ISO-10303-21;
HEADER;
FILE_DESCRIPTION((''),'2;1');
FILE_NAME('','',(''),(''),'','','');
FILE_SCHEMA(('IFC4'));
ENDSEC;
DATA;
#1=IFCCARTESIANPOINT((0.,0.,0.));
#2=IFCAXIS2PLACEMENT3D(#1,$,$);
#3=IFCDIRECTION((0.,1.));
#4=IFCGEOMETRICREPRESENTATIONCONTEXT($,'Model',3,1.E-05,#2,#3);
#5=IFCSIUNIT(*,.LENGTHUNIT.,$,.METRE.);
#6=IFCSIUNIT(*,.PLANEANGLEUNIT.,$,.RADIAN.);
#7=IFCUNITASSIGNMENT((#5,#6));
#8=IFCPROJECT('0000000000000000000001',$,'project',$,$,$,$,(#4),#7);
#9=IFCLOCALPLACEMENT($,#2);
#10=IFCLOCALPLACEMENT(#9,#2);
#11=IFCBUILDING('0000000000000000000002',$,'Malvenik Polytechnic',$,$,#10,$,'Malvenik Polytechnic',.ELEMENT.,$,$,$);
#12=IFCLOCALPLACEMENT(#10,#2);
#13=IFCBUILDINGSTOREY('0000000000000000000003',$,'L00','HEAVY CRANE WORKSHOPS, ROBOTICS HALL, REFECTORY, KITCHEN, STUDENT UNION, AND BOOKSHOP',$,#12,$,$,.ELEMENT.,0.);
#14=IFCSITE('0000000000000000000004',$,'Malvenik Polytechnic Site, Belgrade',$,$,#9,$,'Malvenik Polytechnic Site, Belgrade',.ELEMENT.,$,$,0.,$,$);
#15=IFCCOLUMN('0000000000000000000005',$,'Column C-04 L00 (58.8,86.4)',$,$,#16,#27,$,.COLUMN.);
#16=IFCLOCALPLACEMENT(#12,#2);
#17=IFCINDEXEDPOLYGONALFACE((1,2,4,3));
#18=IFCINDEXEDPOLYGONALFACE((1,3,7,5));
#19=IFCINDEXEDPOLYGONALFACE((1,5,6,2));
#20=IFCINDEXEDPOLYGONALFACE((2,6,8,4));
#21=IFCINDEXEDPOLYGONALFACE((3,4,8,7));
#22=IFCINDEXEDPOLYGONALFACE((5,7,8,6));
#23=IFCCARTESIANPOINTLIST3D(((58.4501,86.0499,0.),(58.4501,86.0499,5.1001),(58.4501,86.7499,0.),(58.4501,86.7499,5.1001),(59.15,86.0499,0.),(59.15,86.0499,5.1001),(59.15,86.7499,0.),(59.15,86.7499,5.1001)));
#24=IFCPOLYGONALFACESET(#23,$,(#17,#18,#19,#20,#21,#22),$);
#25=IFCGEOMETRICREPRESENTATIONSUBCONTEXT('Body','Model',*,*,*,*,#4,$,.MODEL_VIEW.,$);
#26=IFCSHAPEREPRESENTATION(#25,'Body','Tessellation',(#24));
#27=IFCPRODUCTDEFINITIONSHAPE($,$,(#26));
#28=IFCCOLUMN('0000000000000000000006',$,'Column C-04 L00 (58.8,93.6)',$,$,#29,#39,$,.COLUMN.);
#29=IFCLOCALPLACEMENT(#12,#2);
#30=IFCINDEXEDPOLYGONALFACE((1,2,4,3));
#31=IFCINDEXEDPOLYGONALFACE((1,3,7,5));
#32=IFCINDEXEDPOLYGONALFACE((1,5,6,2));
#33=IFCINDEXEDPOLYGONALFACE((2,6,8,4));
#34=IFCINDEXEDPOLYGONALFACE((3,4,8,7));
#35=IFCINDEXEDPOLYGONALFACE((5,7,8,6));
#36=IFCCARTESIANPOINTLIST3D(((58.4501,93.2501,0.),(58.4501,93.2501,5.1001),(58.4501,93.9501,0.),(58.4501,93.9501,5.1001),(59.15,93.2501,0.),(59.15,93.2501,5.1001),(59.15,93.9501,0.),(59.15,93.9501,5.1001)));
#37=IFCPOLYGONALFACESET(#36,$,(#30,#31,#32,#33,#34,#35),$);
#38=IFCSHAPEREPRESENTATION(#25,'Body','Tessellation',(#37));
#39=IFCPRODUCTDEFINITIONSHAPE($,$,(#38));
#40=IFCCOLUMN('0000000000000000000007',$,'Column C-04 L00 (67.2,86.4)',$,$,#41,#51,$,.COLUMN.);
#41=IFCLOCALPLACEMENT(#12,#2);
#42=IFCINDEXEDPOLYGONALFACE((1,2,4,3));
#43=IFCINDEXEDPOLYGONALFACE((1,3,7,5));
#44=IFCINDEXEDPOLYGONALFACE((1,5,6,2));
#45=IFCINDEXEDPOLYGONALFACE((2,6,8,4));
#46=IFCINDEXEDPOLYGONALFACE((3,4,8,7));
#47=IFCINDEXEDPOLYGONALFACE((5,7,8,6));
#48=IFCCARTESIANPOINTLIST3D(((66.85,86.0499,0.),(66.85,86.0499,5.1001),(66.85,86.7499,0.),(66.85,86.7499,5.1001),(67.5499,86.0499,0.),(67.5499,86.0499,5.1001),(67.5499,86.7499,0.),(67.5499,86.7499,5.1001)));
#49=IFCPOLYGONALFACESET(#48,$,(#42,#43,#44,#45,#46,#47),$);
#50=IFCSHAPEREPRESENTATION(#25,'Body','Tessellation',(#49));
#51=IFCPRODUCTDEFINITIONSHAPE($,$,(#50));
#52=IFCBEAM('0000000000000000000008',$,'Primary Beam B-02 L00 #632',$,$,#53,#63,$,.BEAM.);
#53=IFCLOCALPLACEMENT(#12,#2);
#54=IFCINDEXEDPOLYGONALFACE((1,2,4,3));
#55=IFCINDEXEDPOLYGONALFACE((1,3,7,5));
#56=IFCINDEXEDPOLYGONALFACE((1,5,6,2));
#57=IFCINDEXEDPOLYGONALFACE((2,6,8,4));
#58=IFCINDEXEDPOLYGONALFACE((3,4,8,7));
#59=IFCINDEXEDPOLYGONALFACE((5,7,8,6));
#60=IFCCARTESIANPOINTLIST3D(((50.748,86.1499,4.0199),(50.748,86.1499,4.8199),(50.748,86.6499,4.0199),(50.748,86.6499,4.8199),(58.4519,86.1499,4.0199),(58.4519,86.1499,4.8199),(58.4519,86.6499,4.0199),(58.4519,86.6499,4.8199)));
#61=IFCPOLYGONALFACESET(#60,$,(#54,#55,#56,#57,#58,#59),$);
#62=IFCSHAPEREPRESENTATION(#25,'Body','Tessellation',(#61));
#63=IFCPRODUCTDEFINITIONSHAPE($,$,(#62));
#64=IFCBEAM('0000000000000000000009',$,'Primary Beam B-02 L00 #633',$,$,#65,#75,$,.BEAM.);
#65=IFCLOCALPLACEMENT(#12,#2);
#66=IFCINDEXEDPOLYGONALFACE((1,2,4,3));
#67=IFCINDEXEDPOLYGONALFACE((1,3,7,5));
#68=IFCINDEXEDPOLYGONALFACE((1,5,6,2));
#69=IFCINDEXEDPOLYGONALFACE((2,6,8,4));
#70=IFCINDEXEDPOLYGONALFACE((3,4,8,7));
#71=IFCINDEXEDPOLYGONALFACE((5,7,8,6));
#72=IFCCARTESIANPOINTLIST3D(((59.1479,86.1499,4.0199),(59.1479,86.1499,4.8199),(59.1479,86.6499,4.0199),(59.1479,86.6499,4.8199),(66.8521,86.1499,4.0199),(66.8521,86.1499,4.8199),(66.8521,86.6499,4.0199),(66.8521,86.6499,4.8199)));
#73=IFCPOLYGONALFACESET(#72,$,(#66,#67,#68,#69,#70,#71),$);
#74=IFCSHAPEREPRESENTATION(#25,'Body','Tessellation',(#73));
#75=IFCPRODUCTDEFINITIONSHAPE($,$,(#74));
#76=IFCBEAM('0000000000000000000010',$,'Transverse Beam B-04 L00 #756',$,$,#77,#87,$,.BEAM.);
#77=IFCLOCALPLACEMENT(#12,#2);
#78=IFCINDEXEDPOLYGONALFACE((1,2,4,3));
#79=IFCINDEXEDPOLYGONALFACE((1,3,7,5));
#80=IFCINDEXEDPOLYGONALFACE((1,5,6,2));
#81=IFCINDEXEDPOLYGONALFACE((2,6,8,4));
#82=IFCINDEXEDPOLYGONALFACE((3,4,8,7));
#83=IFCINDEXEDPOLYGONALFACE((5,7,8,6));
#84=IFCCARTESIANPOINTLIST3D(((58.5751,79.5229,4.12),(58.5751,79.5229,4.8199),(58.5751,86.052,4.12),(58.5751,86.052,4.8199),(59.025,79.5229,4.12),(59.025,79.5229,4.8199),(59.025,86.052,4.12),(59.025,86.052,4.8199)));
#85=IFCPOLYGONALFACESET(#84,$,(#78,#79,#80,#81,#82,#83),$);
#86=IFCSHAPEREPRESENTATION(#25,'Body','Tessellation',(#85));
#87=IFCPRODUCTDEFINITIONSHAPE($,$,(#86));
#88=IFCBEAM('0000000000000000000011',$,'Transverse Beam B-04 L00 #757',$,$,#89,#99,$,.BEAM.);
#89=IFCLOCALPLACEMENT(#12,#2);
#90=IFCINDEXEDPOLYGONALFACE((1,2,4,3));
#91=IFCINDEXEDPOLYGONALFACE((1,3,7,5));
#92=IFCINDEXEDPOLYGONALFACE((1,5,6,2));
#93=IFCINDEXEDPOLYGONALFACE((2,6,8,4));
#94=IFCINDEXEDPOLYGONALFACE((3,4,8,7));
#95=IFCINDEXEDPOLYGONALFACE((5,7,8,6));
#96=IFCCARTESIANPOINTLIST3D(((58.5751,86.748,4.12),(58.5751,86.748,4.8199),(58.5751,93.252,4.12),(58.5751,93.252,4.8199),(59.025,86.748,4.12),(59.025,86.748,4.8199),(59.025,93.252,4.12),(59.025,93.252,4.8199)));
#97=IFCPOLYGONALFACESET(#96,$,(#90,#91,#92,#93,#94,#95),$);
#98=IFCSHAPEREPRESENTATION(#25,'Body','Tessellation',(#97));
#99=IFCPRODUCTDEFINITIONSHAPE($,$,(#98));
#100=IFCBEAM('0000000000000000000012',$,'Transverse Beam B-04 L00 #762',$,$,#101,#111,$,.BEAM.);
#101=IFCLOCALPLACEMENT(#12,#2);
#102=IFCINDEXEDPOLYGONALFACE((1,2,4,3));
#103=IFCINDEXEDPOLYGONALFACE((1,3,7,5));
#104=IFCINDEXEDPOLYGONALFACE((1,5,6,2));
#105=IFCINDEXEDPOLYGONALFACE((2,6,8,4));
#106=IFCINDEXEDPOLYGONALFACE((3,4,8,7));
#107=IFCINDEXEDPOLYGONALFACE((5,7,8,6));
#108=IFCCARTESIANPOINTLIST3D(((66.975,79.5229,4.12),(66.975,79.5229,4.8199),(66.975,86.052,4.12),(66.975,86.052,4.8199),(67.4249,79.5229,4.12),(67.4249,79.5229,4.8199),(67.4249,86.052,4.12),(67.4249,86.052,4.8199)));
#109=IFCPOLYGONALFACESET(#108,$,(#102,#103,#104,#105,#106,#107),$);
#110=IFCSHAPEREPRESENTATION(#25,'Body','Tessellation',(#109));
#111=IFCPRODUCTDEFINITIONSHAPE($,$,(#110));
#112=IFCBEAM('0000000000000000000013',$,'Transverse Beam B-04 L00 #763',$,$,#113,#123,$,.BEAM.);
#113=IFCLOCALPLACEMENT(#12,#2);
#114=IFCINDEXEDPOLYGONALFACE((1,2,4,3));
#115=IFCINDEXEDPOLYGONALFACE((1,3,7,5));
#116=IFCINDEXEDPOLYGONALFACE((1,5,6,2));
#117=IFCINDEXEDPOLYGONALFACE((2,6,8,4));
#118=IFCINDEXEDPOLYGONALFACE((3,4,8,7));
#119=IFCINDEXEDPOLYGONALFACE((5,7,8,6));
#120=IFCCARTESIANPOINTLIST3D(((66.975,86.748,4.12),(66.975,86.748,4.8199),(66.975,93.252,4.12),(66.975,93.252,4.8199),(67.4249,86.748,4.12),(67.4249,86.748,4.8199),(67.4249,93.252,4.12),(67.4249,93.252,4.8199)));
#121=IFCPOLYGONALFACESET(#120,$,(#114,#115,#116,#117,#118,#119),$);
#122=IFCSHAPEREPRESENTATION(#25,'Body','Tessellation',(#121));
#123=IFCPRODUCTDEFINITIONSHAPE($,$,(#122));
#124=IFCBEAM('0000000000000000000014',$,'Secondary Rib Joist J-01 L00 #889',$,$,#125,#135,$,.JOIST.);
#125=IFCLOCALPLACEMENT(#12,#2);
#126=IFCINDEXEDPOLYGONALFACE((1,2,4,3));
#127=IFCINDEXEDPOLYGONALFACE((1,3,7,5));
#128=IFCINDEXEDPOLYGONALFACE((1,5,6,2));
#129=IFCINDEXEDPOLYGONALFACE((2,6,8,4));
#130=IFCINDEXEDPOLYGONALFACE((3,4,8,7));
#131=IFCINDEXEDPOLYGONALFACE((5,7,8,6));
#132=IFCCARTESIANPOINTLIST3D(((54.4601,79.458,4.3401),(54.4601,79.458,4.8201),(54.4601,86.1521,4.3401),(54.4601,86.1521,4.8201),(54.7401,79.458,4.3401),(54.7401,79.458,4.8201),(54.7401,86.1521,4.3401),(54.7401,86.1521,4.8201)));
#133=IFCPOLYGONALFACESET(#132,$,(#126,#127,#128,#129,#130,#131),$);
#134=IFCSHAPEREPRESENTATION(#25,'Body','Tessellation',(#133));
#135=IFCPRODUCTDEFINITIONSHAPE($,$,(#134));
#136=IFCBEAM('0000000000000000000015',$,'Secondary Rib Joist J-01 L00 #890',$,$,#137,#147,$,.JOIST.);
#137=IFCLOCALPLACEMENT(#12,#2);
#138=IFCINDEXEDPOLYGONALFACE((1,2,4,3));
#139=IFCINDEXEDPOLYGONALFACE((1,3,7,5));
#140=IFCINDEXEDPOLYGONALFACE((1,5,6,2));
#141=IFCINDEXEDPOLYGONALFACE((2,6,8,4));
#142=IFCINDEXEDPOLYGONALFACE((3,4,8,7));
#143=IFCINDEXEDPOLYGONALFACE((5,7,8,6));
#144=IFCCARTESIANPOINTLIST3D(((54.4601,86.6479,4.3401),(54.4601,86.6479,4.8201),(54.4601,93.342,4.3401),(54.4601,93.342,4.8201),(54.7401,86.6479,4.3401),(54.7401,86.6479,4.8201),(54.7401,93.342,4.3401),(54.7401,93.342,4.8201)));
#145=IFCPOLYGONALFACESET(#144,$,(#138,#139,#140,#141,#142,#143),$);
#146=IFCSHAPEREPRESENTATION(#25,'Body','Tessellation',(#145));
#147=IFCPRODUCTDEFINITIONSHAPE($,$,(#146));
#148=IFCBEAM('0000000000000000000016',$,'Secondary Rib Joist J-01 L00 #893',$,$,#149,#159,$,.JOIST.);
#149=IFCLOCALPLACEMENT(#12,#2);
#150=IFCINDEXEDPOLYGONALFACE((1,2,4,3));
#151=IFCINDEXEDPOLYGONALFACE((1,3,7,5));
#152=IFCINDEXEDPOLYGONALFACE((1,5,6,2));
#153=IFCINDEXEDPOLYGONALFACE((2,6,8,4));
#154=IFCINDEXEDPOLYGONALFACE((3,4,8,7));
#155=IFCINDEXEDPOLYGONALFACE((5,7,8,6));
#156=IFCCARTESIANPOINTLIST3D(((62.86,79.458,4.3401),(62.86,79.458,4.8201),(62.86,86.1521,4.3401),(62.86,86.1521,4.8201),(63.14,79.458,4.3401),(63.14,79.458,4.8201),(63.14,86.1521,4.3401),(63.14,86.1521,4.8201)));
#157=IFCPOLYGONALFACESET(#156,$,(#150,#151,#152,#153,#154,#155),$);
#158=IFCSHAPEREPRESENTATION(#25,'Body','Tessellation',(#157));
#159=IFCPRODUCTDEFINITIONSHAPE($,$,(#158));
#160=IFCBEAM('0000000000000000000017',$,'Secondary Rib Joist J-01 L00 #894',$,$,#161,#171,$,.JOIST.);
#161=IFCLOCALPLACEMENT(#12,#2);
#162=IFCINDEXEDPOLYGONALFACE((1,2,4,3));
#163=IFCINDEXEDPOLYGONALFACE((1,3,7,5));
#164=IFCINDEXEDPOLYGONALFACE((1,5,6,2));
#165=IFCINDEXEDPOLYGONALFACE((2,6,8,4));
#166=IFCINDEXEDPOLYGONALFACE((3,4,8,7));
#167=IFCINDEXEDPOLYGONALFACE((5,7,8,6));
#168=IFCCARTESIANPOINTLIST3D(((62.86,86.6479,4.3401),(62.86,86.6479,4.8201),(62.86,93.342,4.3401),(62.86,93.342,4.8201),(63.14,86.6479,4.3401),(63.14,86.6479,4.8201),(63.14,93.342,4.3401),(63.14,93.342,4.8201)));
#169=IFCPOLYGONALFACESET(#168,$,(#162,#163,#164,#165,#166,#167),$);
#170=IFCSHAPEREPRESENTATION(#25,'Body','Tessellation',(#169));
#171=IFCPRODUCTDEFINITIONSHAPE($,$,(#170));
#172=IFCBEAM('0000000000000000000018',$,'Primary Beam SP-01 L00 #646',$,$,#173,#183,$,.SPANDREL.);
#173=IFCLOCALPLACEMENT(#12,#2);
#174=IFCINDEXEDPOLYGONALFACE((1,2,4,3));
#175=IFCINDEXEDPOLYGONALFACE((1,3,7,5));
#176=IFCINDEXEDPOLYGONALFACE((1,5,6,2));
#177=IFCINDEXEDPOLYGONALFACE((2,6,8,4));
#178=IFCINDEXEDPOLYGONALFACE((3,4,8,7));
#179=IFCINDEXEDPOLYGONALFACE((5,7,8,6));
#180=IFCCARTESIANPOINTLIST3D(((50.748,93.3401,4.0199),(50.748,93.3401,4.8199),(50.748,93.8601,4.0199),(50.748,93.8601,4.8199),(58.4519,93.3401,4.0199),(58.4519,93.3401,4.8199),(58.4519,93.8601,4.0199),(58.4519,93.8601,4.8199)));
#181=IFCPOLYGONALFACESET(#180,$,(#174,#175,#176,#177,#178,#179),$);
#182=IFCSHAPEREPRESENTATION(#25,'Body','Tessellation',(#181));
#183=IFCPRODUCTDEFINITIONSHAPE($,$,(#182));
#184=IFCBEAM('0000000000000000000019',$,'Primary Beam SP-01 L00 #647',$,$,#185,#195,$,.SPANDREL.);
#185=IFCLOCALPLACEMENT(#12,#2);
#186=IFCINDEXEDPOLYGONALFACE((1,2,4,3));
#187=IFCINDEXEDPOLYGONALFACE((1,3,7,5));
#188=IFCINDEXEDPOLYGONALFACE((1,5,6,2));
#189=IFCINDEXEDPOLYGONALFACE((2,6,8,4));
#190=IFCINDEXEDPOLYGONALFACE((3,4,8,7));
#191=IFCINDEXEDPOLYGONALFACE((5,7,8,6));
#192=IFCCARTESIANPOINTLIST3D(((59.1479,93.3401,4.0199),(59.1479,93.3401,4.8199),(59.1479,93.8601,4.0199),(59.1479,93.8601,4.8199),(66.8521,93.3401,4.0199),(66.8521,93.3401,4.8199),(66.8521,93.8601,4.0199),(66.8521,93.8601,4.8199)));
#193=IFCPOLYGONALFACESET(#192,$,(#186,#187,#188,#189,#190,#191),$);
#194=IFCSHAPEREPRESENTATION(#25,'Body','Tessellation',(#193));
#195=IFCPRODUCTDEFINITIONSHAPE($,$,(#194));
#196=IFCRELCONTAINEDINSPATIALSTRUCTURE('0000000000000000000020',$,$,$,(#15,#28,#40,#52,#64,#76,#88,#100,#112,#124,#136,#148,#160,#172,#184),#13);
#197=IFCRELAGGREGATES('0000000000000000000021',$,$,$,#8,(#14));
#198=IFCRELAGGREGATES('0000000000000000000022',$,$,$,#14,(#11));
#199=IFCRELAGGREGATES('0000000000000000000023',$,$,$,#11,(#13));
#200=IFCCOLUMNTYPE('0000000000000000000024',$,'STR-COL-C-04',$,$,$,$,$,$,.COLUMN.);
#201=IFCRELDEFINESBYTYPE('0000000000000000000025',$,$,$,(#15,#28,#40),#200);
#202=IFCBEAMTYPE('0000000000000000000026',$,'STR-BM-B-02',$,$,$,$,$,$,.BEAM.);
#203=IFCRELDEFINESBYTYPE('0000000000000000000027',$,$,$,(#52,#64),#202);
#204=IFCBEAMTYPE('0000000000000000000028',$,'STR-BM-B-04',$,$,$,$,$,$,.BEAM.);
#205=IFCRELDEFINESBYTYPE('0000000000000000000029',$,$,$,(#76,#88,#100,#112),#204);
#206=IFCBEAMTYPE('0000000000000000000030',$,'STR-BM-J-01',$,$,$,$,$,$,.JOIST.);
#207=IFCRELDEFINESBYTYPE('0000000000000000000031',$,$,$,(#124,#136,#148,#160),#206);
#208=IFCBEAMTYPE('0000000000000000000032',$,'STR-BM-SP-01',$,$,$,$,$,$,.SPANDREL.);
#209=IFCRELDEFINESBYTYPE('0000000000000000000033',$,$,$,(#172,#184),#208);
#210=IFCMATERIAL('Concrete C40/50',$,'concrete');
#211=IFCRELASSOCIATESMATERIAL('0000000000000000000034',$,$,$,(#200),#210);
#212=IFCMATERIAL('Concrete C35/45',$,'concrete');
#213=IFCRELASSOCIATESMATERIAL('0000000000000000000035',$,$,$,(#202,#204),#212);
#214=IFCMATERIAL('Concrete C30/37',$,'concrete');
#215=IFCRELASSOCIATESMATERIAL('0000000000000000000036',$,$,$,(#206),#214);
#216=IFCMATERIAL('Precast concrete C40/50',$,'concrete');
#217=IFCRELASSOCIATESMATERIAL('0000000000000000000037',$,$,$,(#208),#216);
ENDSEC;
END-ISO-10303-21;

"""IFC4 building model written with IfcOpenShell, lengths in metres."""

from ifc_helpers import new_model, si_unit, direction, frame, origin, origin_2d, place, context, subcontext, project, spatial, rectangle, extrude, material, material_profile, profile_set, type_object, element, save


model = new_model("IFC4")

# Units and contexts
model_context = context("Model", 3, precision=1e-05, world=origin(), true_north=direction((0.0, 1.0)))
body_context = subcontext(model_context, "Body", "Model", "MODEL_VIEW")
ifc_project = project(units=[si_unit("LENGTHUNIT", "METRE"), si_unit("PLANEANGLEUNIT", "RADIAN")], contexts=[model_context])

# Site, building, storey
site_placement = place(None, origin())
site = spatial("IfcSite", under=ifc_project, at=site_placement, Name="Malvenik Polytechnic Site, Belgrade", LongName="Malvenik Polytechnic Site, Belgrade", CompositionType="ELEMENT", RefElevation=0.0)
building_placement = place(site_placement, origin())
building = spatial("IfcBuilding", under=site, at=building_placement, Name="Malvenik Polytechnic", LongName="Malvenik Polytechnic", CompositionType="ELEMENT")
storey_placement = place(building_placement, origin())
storey = spatial("IfcBuildingStorey", under=building, at=storey_placement, Name="L00", Description="HEAVY CRANE WORKSHOPS, ROBOTICS HALL, REFECTORY, KITCHEN, STUDENT UNION, AND BOOKSHOP", CompositionType="ELEMENT", Elevation=0.0)

# Columns
ifc_material_1 = material(Name="Concrete C40/50", Category="concrete")
ifc_material_profile_1 = material_profile(ifc_material_1, rectangle(XDim=0.7, YDim=0.7, at=origin_2d()), Name="RC COL 700x700")
ifc_profile_set_1 = profile_set([ifc_material_profile_1], Name="Concrete C40/50")
column_type = type_object("IfcColumnType", Name="STR-COL-C-04", PredefinedType="COLUMN", material=ifc_profile_set_1)
for number, where, z_axis, x_axis, name in (
    (1, (58.8, 86.3999, 0.0), (0.0, 0.0, 1.0), (1.0, 0.0, 0.0), "Column C-04 L00 (58.8,86.4)"),
    (2, (58.8, 93.6001, 0.0), (0.0, 0.0, 1.0), (1.0, 0.0, 0.0), "Column C-04 L00 (58.8,93.6)"),
    (3, (67.2, 86.3999, 0.0), (0.0, 0.0, 1.0), (1.0, 0.0, 0.0), "Column C-04 L00 (67.2,86.4)"),
):
    element("IfcColumn", number, at=place(storey_placement, frame(where, z_axis=z_axis, x_axis=x_axis)), inside=storey, type_object=column_type, Name=name, PredefinedType="COLUMN", context=body_context, shape_type="SweptSolid", body=[
        extrude(rectangle(XDim=0.7, YDim=0.7, at=origin_2d()), origin(), (0.0, 0.0, 1.0), 5.1001),
    ])

# Beams
ifc_material_2 = material(Name="Concrete C35/45", Category="concrete")
ifc_material_profile_2 = material_profile(ifc_material_2, rectangle(XDim=0.5, YDim=0.8, at=origin_2d()), Name="RC BM 500x800")
ifc_profile_set_2 = profile_set([ifc_material_profile_2], Name="Concrete C35/45")
beam_type_1 = type_object("IfcBeamType", Name="STR-BM-B-02", PredefinedType="BEAM", material=ifc_profile_set_2)
beam_1_placement = place(storey_placement, frame((50.748, 86.3999, 4.4199), z_axis=(1.0, 0.0, 0.0), x_axis=(0.0, 1.0, 0.0)))
element("IfcBeam", 4, at=beam_1_placement, inside=storey, type_object=beam_type_1, Name="Primary Beam B-02 L00 #632", PredefinedType="BEAM", context=body_context, shape_type="SweptSolid", body=[
    extrude(rectangle(XDim=0.5, YDim=0.8, at=origin_2d()), origin(), (0.0, 0.0, 1.0), 7.7039),
])
beam_2_placement = place(storey_placement, frame((59.1479, 86.3999, 4.4199), z_axis=(1.0, 0.0, 0.0), x_axis=(0.0, 1.0, 0.0)))
element("IfcBeam", 5, at=beam_2_placement, inside=storey, type_object=beam_type_1, Name="Primary Beam B-02 L00 #633", PredefinedType="BEAM", context=body_context, shape_type="SweptSolid", body=[
    extrude(rectangle(XDim=0.5, YDim=0.8, at=origin_2d()), origin(), (0.0, 0.0, 1.0), 7.7041),
])
ifc_material_profile_3 = material_profile(ifc_material_2, rectangle(XDim=0.45, YDim=0.7, at=origin_2d()), Name="RC BM 450x700")
ifc_profile_set_3 = profile_set([ifc_material_profile_3], Name="Concrete C35/45")
beam_type_2 = type_object("IfcBeamType", Name="STR-BM-B-04", PredefinedType="BEAM", material=ifc_profile_set_3)
beam_3_placement = place(storey_placement, frame((58.8, 79.5229, 4.47), z_axis=(0.0, 1.0, 0.0), x_axis=(-1.0, 0.0, 0.0)))
element("IfcBeam", 6, at=beam_3_placement, inside=storey, type_object=beam_type_2, Name="Transverse Beam B-04 L00 #756", PredefinedType="BEAM", context=body_context, shape_type="SweptSolid", body=[
    extrude(rectangle(XDim=0.45, YDim=0.7, at=origin_2d()), origin(), (0.0, 0.0, 1.0), 6.5291),
])
beam_4_placement = place(storey_placement, frame((58.8, 86.748, 4.47), z_axis=(0.0, 1.0, 0.0), x_axis=(-1.0, 0.0, 0.0)))
element("IfcBeam", 7, at=beam_4_placement, inside=storey, type_object=beam_type_2, Name="Transverse Beam B-04 L00 #757", PredefinedType="BEAM", context=body_context, shape_type="SweptSolid", body=[
    extrude(rectangle(XDim=0.45, YDim=0.7, at=origin_2d()), origin(), (0.0, 0.0, 1.0), 6.5039),
])
beam_5_placement = place(storey_placement, frame((67.2, 79.5229, 4.47), z_axis=(0.0, 1.0, 0.0), x_axis=(-1.0, 0.0, 0.0)))
element("IfcBeam", 8, at=beam_5_placement, inside=storey, type_object=beam_type_2, Name="Transverse Beam B-04 L00 #762", PredefinedType="BEAM", context=body_context, shape_type="SweptSolid", body=[
    extrude(rectangle(XDim=0.45, YDim=0.7, at=origin_2d()), origin(), (0.0, 0.0, 1.0), 6.5291),
])
beam_6_placement = place(storey_placement, frame((67.2, 86.748, 4.47), z_axis=(0.0, 1.0, 0.0), x_axis=(-1.0, 0.0, 0.0)))
element("IfcBeam", 9, at=beam_6_placement, inside=storey, type_object=beam_type_2, Name="Transverse Beam B-04 L00 #763", PredefinedType="BEAM", context=body_context, shape_type="SweptSolid", body=[
    extrude(rectangle(XDim=0.45, YDim=0.7, at=origin_2d()), origin(), (0.0, 0.0, 1.0), 6.5039),
])
ifc_material_3 = material(Name="Concrete C30/37", Category="concrete")
ifc_material_profile_4 = material_profile(ifc_material_3, rectangle(XDim=0.28, YDim=0.48, at=origin_2d()), Name="RC JST 280x480")
ifc_profile_set_4 = profile_set([ifc_material_profile_4], Name="Concrete C30/37")
beam_type_3 = type_object("IfcBeamType", Name="STR-BM-J-01", PredefinedType="JOIST", material=ifc_profile_set_4)
for number, where, z_axis, x_axis, name in (
    (10, (54.6001, 79.458, 4.5801), (0.0, 1.0, 0.0), (-1.0, 0.0, 0.0), "Secondary Rib Joist J-01 L00 #889"),
    (11, (54.6001, 86.6479, 4.5801), (0.0, 1.0, 0.0), (-1.0, 0.0, 0.0), "Secondary Rib Joist J-01 L00 #890"),
    (12, (63.0, 79.458, 4.5801), (0.0, 1.0, 0.0), (-1.0, 0.0, 0.0), "Secondary Rib Joist J-01 L00 #893"),
    (13, (63.0, 86.6479, 4.5801), (0.0, 1.0, 0.0), (-1.0, 0.0, 0.0), "Secondary Rib Joist J-01 L00 #894"),
):
    element("IfcBeam", number, at=place(storey_placement, frame(where, z_axis=z_axis, x_axis=x_axis)), inside=storey, type_object=beam_type_3, Name=name, PredefinedType="JOIST", context=body_context, shape_type="SweptSolid", body=[
        extrude(rectangle(XDim=0.28, YDim=0.48, at=origin_2d()), origin(), (0.0, 0.0, 1.0), 6.6941),
    ])
ifc_material_4 = material(Name="Precast concrete C40/50", Category="concrete")
ifc_material_profile_5 = material_profile(ifc_material_4, rectangle(XDim=0.52, YDim=0.8, at=origin_2d()), Name="PC SPN 520x800")
ifc_profile_set_5 = profile_set([ifc_material_profile_5], Name="Precast concrete C40/50")
beam_type_4 = type_object("IfcBeamType", Name="STR-BM-SP-01", PredefinedType="SPANDREL", material=ifc_profile_set_5)
beam_7_placement = place(storey_placement, frame((50.748, 93.6001, 4.4199), z_axis=(1.0, 0.0, 0.0), x_axis=(0.0, 1.0, 0.0)))
element("IfcBeam", 14, at=beam_7_placement, inside=storey, type_object=beam_type_4, Name="Primary Beam SP-01 L00 #646", PredefinedType="SPANDREL", context=body_context, shape_type="SweptSolid", body=[
    extrude(rectangle(XDim=0.52, YDim=0.8, at=origin_2d()), origin(), (0.0, 0.0, 1.0), 7.7039),
])
beam_8_placement = place(storey_placement, frame((59.1479, 93.6001, 4.4199), z_axis=(1.0, 0.0, 0.0), x_axis=(0.0, 1.0, 0.0)))
element("IfcBeam", 15, at=beam_8_placement, inside=storey, type_object=beam_type_4, Name="Primary Beam SP-01 L00 #647", PredefinedType="SPANDREL", context=body_context, shape_type="SweptSolid", body=[
    extrude(rectangle(XDim=0.52, YDim=0.8, at=origin_2d()), origin(), (0.0, 0.0, 1.0), 7.7041),
])

save(model, "model.ifc")
